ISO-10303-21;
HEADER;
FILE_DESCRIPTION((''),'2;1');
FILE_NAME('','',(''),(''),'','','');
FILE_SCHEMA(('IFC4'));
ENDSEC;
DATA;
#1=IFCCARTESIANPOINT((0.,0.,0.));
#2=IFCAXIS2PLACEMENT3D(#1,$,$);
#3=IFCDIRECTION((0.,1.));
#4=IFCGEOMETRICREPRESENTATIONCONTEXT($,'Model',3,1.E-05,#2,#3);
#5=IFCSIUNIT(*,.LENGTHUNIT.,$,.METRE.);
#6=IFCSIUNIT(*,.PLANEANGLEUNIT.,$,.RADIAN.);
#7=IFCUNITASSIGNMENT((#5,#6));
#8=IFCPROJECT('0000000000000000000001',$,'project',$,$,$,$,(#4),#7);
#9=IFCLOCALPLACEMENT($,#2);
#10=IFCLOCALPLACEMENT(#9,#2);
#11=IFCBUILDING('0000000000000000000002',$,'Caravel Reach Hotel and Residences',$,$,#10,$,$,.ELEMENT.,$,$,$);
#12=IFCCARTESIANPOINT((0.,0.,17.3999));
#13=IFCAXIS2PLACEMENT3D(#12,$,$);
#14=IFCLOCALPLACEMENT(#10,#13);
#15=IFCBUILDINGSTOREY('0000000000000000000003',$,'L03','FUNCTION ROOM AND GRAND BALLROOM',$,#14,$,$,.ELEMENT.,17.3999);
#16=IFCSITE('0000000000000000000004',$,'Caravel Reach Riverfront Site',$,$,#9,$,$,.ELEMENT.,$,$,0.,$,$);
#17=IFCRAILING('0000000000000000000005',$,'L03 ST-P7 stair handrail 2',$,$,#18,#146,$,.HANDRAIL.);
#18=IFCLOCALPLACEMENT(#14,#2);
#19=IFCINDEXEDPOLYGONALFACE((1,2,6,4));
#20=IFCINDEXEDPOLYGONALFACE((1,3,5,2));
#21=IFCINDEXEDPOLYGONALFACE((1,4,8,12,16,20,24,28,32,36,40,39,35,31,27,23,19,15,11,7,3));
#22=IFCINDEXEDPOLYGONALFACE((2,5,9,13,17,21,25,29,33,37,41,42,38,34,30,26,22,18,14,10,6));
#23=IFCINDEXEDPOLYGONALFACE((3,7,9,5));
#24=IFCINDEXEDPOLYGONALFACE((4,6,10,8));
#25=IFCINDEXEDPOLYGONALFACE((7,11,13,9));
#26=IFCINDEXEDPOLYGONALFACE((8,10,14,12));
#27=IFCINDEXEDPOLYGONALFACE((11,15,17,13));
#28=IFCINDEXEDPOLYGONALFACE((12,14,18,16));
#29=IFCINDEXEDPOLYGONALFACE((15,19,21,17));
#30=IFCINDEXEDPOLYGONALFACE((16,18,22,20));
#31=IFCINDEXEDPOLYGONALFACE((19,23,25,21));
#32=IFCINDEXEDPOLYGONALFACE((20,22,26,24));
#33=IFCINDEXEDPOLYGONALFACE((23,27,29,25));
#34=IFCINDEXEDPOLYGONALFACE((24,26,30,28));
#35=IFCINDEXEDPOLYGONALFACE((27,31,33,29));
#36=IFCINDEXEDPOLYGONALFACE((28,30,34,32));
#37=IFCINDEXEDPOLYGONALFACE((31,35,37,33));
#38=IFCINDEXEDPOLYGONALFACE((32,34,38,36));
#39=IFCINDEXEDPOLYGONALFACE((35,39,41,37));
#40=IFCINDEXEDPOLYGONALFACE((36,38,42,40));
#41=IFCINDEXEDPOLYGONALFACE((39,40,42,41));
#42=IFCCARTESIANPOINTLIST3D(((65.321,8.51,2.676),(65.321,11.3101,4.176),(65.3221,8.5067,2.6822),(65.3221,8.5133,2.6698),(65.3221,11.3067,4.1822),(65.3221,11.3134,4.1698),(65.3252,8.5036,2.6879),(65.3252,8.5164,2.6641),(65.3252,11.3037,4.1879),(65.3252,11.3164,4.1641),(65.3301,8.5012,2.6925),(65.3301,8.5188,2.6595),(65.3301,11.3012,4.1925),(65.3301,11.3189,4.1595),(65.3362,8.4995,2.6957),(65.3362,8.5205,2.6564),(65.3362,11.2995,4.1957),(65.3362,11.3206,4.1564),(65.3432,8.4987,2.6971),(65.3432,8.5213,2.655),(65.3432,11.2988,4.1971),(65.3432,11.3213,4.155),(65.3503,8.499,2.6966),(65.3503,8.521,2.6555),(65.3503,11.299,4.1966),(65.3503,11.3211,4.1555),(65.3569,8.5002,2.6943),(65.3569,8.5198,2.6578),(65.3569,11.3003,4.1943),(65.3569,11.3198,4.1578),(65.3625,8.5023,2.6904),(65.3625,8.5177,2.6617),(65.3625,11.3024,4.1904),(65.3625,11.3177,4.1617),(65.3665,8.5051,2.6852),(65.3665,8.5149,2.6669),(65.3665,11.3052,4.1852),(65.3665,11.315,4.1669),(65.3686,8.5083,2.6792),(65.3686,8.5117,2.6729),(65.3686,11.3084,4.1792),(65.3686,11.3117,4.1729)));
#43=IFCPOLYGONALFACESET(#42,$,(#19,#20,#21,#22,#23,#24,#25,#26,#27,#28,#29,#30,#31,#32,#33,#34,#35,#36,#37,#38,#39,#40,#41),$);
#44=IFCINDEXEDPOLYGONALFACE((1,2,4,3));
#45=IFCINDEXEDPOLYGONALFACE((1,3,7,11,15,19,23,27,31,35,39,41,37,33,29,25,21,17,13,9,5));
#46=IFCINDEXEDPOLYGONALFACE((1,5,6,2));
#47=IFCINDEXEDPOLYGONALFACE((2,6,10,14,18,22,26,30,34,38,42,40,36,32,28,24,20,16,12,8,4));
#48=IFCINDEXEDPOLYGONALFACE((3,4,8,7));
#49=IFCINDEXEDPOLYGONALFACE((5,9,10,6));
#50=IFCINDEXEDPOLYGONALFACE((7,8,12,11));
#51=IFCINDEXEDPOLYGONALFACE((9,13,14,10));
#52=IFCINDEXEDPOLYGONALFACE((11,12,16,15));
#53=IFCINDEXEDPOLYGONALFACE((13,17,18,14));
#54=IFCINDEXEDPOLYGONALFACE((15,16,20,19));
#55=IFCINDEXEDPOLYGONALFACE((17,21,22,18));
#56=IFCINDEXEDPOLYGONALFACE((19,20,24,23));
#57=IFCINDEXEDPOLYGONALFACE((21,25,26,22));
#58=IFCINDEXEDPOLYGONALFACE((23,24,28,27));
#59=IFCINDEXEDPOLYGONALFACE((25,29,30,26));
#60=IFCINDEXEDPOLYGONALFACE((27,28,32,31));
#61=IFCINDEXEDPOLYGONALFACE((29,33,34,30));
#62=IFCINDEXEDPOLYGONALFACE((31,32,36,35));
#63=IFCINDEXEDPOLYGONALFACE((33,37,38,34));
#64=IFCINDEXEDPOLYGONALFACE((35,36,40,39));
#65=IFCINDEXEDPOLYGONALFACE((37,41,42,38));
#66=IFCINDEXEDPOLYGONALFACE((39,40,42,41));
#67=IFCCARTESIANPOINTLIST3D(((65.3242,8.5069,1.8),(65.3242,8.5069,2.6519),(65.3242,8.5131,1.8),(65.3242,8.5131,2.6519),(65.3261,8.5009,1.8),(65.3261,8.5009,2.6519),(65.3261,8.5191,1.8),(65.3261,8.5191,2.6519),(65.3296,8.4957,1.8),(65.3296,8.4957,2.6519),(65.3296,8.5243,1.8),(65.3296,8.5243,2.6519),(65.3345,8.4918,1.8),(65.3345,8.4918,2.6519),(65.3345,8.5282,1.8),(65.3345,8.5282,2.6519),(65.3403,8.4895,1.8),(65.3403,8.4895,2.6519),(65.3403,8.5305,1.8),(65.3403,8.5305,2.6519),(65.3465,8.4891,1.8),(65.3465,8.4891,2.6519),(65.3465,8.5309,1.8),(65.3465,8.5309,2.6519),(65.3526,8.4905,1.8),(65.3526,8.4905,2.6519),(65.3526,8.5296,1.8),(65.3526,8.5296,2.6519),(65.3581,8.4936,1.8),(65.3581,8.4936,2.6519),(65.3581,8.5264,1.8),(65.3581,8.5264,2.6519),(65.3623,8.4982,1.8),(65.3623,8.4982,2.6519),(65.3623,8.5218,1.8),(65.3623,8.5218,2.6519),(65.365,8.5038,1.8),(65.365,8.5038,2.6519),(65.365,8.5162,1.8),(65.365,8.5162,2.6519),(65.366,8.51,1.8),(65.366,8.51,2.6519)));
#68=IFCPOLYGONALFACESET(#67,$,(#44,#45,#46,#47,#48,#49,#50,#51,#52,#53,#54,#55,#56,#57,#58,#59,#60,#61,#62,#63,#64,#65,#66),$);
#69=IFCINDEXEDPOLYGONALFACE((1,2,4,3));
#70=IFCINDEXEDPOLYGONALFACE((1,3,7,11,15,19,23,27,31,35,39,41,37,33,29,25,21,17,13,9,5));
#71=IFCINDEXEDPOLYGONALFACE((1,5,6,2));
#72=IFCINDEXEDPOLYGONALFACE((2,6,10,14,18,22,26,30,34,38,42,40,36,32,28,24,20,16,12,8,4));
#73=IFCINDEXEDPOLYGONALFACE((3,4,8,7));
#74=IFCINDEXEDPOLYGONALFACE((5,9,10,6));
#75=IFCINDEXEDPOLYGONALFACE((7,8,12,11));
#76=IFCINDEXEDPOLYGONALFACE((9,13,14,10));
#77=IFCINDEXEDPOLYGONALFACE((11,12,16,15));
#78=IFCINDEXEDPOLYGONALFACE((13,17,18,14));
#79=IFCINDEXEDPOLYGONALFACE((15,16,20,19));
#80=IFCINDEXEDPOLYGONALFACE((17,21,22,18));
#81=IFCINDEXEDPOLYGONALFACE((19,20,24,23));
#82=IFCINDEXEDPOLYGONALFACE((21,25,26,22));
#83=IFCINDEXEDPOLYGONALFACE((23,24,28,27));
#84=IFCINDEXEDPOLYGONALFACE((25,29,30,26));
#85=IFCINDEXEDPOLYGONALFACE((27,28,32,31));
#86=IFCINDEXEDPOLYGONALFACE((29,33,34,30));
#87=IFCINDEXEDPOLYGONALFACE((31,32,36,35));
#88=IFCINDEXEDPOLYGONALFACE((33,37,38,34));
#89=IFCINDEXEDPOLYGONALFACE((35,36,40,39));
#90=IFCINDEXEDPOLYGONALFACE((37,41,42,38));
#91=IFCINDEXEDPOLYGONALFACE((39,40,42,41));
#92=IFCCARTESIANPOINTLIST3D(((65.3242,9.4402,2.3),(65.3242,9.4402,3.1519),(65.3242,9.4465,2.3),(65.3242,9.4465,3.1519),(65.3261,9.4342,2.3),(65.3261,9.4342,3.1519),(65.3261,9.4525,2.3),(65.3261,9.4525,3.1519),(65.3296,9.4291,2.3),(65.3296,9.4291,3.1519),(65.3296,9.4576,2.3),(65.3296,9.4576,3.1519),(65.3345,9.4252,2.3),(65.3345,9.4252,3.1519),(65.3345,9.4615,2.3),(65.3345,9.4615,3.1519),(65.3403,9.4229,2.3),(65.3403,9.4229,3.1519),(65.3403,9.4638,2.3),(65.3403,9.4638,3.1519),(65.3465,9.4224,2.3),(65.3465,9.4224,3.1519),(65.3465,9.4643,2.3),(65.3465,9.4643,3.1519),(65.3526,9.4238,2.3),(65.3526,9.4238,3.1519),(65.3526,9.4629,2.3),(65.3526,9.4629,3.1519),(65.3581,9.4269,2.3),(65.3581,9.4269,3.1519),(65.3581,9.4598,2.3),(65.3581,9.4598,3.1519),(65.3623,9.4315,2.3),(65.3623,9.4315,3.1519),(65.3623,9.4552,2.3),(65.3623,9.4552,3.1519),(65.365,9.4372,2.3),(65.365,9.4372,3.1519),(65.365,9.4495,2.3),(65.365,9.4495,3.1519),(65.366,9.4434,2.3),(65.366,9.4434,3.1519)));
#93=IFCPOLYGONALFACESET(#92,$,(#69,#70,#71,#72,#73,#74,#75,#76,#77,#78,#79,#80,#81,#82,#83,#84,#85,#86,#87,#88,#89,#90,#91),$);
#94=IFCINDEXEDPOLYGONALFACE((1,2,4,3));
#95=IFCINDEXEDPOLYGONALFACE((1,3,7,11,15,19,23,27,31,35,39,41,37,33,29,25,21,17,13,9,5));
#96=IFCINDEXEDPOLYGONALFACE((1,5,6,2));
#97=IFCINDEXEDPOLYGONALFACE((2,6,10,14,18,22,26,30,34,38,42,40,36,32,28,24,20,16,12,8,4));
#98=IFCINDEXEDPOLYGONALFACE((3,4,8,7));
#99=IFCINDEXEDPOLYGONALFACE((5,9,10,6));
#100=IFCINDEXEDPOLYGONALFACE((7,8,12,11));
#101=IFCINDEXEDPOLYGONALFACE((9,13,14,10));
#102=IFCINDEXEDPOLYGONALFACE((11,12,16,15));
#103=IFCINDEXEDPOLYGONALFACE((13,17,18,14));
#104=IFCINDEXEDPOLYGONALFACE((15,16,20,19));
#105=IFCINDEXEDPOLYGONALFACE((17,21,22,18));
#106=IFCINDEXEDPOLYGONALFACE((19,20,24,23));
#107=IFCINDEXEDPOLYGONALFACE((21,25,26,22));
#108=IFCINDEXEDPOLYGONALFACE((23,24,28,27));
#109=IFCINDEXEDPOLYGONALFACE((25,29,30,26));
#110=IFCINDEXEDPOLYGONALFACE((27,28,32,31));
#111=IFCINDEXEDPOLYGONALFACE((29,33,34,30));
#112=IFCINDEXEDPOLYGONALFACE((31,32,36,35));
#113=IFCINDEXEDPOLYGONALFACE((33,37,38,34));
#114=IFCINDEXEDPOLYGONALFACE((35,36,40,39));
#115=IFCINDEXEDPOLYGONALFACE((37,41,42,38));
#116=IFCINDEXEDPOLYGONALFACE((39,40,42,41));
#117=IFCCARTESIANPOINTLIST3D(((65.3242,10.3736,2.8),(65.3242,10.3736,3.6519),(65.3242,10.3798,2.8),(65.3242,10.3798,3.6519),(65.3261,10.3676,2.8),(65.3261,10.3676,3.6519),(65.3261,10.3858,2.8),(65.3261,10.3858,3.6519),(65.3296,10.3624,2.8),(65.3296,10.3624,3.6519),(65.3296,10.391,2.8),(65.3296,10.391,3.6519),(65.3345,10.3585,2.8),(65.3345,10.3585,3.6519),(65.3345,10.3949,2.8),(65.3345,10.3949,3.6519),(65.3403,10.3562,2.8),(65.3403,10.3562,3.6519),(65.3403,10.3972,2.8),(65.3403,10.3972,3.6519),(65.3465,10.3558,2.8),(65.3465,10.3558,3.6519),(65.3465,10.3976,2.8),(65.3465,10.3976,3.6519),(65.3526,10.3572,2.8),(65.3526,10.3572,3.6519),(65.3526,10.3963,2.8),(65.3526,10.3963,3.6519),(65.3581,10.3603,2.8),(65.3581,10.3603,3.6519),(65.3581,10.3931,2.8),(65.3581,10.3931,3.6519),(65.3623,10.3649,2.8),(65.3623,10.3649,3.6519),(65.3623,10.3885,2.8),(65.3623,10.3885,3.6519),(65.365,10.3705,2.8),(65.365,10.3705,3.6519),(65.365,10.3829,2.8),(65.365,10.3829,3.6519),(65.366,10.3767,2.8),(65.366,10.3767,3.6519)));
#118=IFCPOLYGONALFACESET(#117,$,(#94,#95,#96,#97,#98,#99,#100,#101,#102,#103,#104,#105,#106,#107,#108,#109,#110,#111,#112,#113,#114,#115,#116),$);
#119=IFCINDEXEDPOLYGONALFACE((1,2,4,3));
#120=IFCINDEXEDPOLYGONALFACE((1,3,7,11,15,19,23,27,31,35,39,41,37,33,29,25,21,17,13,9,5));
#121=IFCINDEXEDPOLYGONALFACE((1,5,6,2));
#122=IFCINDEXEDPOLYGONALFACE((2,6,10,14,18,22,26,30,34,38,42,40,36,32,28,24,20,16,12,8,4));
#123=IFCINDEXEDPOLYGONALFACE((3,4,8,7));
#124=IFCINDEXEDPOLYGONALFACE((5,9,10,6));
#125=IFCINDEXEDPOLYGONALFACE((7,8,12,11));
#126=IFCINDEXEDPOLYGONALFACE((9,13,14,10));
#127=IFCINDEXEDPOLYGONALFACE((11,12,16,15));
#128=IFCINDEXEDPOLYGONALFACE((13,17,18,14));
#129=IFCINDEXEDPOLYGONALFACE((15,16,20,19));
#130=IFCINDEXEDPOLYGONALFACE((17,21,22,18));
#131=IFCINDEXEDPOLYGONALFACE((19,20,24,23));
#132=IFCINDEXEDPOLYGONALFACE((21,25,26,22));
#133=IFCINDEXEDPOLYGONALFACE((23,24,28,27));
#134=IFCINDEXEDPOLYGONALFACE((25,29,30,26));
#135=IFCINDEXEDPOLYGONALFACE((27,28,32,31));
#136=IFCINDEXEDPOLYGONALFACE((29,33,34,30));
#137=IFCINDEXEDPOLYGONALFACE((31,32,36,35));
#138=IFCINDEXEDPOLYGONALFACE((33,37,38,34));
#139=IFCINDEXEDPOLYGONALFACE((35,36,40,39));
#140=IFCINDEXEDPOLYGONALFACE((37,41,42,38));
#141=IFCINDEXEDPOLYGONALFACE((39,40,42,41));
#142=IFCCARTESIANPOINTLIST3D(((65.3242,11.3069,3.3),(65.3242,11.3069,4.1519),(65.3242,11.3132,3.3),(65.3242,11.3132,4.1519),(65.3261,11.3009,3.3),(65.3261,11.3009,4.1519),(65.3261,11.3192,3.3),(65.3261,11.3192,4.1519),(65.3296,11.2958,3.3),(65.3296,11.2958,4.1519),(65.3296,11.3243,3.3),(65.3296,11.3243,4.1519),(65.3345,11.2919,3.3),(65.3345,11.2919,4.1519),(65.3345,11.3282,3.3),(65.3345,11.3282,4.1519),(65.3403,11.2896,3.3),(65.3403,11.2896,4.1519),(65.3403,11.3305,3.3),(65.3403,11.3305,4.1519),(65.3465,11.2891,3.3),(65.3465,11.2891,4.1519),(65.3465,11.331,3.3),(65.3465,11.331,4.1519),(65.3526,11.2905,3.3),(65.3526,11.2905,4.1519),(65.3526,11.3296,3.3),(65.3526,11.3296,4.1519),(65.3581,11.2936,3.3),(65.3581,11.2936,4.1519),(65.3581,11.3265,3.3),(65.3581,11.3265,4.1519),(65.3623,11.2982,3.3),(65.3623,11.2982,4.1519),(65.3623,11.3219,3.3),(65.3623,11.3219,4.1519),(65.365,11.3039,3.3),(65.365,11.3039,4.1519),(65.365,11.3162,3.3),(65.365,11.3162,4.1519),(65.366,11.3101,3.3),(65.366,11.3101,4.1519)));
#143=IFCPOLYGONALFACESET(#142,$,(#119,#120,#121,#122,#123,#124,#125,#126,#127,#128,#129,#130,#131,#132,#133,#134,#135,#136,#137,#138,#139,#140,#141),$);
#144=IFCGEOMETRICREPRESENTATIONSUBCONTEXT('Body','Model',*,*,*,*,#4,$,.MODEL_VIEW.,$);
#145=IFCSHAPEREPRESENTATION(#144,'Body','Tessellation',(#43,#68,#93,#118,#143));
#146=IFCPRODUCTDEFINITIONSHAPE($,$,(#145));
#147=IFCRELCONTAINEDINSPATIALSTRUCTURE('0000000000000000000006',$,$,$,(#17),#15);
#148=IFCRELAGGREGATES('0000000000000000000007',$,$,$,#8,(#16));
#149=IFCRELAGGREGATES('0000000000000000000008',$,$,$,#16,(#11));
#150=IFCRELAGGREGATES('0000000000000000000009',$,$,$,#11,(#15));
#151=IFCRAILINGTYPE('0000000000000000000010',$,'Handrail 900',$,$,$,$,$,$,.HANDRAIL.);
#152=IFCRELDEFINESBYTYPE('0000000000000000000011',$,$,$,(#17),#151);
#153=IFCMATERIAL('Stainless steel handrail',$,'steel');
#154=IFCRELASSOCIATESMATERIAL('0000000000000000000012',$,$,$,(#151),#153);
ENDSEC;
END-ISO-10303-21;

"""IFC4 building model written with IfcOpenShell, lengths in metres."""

from ifc_helpers import new_model, si_unit, direction, frame, origin, origin_2d, place, context, subcontext, project, spatial, circle, extrude, material, type_object, element, save


model = new_model("IFC4")

# Units and contexts
model_context = context("Model", 3, precision=1e-05, world=origin(), true_north=direction((0.0, 1.0)))
body_context = subcontext(model_context, "Body", "Model", "MODEL_VIEW")
ifc_project = project(units=[si_unit("LENGTHUNIT", "METRE"), si_unit("PLANEANGLEUNIT", "RADIAN")], contexts=[model_context])

# Site, building, storey
site_placement = place(None, origin())
site = spatial("IfcSite", under=ifc_project, at=site_placement, Name="Caravel Reach Riverfront Site", CompositionType="ELEMENT", RefElevation=0.0)
building_placement = place(site_placement, origin())
building = spatial("IfcBuilding", under=site, at=building_placement, Name="Caravel Reach Hotel and Residences", CompositionType="ELEMENT")
storey_placement = place(building_placement, frame((0.0, 0.0, 17.3999)))
storey = spatial("IfcBuildingStorey", under=building, at=storey_placement, Name="L03", Description="FUNCTION ROOM AND GRAND BALLROOM", CompositionType="ELEMENT", Elevation=17.3999)

# Railing
ifc_material_1 = material(Name="Stainless steel handrail", Category="steel")
railing_type_1 = type_object("IfcRailingType", Name="Handrail 900", PredefinedType="HANDRAIL", material=ifc_material_1)
for number, where, name in (
    (1, (65.345, 8.51, 1.8), "L03 ST-P7 stair handrail 2"),
):
    element("IfcRailing", number, at=place(storey_placement, frame(where)), inside=storey, type_object=railing_type_1, Name=name, PredefinedType="HANDRAIL", context=body_context, shape_type="SweptSolid", body=[
        extrude(circle(Radius=0.0239, at=origin_2d()), frame((0.0, 0.0, 0.876), z_axis=(0.0, 0.881483, 0.472215), x_axis=(-1.0, 0.0, 0.0)), (0.0, 0.0, 1.0), 3.1765),
        extrude(circle(Radius=0.021, at=origin_2d()), origin(), (0.0, 0.0, 1.0), 0.8518),
        extrude(circle(Radius=0.021, at=origin_2d()), frame((0.0, 0.9333, 0.5)), (0.0, 0.0, 1.0), 0.8518),
        extrude(circle(Radius=0.021, at=origin_2d()), frame((0.0, 1.8667, 1.0)), (0.0, 0.0, 1.0), 0.8518),
        extrude(circle(Radius=0.021, at=origin_2d()), frame((0.0, 2.8, 1.5)), (0.0, 0.0, 1.0), 0.8518),
    ])

save(model, "model.ifc")
